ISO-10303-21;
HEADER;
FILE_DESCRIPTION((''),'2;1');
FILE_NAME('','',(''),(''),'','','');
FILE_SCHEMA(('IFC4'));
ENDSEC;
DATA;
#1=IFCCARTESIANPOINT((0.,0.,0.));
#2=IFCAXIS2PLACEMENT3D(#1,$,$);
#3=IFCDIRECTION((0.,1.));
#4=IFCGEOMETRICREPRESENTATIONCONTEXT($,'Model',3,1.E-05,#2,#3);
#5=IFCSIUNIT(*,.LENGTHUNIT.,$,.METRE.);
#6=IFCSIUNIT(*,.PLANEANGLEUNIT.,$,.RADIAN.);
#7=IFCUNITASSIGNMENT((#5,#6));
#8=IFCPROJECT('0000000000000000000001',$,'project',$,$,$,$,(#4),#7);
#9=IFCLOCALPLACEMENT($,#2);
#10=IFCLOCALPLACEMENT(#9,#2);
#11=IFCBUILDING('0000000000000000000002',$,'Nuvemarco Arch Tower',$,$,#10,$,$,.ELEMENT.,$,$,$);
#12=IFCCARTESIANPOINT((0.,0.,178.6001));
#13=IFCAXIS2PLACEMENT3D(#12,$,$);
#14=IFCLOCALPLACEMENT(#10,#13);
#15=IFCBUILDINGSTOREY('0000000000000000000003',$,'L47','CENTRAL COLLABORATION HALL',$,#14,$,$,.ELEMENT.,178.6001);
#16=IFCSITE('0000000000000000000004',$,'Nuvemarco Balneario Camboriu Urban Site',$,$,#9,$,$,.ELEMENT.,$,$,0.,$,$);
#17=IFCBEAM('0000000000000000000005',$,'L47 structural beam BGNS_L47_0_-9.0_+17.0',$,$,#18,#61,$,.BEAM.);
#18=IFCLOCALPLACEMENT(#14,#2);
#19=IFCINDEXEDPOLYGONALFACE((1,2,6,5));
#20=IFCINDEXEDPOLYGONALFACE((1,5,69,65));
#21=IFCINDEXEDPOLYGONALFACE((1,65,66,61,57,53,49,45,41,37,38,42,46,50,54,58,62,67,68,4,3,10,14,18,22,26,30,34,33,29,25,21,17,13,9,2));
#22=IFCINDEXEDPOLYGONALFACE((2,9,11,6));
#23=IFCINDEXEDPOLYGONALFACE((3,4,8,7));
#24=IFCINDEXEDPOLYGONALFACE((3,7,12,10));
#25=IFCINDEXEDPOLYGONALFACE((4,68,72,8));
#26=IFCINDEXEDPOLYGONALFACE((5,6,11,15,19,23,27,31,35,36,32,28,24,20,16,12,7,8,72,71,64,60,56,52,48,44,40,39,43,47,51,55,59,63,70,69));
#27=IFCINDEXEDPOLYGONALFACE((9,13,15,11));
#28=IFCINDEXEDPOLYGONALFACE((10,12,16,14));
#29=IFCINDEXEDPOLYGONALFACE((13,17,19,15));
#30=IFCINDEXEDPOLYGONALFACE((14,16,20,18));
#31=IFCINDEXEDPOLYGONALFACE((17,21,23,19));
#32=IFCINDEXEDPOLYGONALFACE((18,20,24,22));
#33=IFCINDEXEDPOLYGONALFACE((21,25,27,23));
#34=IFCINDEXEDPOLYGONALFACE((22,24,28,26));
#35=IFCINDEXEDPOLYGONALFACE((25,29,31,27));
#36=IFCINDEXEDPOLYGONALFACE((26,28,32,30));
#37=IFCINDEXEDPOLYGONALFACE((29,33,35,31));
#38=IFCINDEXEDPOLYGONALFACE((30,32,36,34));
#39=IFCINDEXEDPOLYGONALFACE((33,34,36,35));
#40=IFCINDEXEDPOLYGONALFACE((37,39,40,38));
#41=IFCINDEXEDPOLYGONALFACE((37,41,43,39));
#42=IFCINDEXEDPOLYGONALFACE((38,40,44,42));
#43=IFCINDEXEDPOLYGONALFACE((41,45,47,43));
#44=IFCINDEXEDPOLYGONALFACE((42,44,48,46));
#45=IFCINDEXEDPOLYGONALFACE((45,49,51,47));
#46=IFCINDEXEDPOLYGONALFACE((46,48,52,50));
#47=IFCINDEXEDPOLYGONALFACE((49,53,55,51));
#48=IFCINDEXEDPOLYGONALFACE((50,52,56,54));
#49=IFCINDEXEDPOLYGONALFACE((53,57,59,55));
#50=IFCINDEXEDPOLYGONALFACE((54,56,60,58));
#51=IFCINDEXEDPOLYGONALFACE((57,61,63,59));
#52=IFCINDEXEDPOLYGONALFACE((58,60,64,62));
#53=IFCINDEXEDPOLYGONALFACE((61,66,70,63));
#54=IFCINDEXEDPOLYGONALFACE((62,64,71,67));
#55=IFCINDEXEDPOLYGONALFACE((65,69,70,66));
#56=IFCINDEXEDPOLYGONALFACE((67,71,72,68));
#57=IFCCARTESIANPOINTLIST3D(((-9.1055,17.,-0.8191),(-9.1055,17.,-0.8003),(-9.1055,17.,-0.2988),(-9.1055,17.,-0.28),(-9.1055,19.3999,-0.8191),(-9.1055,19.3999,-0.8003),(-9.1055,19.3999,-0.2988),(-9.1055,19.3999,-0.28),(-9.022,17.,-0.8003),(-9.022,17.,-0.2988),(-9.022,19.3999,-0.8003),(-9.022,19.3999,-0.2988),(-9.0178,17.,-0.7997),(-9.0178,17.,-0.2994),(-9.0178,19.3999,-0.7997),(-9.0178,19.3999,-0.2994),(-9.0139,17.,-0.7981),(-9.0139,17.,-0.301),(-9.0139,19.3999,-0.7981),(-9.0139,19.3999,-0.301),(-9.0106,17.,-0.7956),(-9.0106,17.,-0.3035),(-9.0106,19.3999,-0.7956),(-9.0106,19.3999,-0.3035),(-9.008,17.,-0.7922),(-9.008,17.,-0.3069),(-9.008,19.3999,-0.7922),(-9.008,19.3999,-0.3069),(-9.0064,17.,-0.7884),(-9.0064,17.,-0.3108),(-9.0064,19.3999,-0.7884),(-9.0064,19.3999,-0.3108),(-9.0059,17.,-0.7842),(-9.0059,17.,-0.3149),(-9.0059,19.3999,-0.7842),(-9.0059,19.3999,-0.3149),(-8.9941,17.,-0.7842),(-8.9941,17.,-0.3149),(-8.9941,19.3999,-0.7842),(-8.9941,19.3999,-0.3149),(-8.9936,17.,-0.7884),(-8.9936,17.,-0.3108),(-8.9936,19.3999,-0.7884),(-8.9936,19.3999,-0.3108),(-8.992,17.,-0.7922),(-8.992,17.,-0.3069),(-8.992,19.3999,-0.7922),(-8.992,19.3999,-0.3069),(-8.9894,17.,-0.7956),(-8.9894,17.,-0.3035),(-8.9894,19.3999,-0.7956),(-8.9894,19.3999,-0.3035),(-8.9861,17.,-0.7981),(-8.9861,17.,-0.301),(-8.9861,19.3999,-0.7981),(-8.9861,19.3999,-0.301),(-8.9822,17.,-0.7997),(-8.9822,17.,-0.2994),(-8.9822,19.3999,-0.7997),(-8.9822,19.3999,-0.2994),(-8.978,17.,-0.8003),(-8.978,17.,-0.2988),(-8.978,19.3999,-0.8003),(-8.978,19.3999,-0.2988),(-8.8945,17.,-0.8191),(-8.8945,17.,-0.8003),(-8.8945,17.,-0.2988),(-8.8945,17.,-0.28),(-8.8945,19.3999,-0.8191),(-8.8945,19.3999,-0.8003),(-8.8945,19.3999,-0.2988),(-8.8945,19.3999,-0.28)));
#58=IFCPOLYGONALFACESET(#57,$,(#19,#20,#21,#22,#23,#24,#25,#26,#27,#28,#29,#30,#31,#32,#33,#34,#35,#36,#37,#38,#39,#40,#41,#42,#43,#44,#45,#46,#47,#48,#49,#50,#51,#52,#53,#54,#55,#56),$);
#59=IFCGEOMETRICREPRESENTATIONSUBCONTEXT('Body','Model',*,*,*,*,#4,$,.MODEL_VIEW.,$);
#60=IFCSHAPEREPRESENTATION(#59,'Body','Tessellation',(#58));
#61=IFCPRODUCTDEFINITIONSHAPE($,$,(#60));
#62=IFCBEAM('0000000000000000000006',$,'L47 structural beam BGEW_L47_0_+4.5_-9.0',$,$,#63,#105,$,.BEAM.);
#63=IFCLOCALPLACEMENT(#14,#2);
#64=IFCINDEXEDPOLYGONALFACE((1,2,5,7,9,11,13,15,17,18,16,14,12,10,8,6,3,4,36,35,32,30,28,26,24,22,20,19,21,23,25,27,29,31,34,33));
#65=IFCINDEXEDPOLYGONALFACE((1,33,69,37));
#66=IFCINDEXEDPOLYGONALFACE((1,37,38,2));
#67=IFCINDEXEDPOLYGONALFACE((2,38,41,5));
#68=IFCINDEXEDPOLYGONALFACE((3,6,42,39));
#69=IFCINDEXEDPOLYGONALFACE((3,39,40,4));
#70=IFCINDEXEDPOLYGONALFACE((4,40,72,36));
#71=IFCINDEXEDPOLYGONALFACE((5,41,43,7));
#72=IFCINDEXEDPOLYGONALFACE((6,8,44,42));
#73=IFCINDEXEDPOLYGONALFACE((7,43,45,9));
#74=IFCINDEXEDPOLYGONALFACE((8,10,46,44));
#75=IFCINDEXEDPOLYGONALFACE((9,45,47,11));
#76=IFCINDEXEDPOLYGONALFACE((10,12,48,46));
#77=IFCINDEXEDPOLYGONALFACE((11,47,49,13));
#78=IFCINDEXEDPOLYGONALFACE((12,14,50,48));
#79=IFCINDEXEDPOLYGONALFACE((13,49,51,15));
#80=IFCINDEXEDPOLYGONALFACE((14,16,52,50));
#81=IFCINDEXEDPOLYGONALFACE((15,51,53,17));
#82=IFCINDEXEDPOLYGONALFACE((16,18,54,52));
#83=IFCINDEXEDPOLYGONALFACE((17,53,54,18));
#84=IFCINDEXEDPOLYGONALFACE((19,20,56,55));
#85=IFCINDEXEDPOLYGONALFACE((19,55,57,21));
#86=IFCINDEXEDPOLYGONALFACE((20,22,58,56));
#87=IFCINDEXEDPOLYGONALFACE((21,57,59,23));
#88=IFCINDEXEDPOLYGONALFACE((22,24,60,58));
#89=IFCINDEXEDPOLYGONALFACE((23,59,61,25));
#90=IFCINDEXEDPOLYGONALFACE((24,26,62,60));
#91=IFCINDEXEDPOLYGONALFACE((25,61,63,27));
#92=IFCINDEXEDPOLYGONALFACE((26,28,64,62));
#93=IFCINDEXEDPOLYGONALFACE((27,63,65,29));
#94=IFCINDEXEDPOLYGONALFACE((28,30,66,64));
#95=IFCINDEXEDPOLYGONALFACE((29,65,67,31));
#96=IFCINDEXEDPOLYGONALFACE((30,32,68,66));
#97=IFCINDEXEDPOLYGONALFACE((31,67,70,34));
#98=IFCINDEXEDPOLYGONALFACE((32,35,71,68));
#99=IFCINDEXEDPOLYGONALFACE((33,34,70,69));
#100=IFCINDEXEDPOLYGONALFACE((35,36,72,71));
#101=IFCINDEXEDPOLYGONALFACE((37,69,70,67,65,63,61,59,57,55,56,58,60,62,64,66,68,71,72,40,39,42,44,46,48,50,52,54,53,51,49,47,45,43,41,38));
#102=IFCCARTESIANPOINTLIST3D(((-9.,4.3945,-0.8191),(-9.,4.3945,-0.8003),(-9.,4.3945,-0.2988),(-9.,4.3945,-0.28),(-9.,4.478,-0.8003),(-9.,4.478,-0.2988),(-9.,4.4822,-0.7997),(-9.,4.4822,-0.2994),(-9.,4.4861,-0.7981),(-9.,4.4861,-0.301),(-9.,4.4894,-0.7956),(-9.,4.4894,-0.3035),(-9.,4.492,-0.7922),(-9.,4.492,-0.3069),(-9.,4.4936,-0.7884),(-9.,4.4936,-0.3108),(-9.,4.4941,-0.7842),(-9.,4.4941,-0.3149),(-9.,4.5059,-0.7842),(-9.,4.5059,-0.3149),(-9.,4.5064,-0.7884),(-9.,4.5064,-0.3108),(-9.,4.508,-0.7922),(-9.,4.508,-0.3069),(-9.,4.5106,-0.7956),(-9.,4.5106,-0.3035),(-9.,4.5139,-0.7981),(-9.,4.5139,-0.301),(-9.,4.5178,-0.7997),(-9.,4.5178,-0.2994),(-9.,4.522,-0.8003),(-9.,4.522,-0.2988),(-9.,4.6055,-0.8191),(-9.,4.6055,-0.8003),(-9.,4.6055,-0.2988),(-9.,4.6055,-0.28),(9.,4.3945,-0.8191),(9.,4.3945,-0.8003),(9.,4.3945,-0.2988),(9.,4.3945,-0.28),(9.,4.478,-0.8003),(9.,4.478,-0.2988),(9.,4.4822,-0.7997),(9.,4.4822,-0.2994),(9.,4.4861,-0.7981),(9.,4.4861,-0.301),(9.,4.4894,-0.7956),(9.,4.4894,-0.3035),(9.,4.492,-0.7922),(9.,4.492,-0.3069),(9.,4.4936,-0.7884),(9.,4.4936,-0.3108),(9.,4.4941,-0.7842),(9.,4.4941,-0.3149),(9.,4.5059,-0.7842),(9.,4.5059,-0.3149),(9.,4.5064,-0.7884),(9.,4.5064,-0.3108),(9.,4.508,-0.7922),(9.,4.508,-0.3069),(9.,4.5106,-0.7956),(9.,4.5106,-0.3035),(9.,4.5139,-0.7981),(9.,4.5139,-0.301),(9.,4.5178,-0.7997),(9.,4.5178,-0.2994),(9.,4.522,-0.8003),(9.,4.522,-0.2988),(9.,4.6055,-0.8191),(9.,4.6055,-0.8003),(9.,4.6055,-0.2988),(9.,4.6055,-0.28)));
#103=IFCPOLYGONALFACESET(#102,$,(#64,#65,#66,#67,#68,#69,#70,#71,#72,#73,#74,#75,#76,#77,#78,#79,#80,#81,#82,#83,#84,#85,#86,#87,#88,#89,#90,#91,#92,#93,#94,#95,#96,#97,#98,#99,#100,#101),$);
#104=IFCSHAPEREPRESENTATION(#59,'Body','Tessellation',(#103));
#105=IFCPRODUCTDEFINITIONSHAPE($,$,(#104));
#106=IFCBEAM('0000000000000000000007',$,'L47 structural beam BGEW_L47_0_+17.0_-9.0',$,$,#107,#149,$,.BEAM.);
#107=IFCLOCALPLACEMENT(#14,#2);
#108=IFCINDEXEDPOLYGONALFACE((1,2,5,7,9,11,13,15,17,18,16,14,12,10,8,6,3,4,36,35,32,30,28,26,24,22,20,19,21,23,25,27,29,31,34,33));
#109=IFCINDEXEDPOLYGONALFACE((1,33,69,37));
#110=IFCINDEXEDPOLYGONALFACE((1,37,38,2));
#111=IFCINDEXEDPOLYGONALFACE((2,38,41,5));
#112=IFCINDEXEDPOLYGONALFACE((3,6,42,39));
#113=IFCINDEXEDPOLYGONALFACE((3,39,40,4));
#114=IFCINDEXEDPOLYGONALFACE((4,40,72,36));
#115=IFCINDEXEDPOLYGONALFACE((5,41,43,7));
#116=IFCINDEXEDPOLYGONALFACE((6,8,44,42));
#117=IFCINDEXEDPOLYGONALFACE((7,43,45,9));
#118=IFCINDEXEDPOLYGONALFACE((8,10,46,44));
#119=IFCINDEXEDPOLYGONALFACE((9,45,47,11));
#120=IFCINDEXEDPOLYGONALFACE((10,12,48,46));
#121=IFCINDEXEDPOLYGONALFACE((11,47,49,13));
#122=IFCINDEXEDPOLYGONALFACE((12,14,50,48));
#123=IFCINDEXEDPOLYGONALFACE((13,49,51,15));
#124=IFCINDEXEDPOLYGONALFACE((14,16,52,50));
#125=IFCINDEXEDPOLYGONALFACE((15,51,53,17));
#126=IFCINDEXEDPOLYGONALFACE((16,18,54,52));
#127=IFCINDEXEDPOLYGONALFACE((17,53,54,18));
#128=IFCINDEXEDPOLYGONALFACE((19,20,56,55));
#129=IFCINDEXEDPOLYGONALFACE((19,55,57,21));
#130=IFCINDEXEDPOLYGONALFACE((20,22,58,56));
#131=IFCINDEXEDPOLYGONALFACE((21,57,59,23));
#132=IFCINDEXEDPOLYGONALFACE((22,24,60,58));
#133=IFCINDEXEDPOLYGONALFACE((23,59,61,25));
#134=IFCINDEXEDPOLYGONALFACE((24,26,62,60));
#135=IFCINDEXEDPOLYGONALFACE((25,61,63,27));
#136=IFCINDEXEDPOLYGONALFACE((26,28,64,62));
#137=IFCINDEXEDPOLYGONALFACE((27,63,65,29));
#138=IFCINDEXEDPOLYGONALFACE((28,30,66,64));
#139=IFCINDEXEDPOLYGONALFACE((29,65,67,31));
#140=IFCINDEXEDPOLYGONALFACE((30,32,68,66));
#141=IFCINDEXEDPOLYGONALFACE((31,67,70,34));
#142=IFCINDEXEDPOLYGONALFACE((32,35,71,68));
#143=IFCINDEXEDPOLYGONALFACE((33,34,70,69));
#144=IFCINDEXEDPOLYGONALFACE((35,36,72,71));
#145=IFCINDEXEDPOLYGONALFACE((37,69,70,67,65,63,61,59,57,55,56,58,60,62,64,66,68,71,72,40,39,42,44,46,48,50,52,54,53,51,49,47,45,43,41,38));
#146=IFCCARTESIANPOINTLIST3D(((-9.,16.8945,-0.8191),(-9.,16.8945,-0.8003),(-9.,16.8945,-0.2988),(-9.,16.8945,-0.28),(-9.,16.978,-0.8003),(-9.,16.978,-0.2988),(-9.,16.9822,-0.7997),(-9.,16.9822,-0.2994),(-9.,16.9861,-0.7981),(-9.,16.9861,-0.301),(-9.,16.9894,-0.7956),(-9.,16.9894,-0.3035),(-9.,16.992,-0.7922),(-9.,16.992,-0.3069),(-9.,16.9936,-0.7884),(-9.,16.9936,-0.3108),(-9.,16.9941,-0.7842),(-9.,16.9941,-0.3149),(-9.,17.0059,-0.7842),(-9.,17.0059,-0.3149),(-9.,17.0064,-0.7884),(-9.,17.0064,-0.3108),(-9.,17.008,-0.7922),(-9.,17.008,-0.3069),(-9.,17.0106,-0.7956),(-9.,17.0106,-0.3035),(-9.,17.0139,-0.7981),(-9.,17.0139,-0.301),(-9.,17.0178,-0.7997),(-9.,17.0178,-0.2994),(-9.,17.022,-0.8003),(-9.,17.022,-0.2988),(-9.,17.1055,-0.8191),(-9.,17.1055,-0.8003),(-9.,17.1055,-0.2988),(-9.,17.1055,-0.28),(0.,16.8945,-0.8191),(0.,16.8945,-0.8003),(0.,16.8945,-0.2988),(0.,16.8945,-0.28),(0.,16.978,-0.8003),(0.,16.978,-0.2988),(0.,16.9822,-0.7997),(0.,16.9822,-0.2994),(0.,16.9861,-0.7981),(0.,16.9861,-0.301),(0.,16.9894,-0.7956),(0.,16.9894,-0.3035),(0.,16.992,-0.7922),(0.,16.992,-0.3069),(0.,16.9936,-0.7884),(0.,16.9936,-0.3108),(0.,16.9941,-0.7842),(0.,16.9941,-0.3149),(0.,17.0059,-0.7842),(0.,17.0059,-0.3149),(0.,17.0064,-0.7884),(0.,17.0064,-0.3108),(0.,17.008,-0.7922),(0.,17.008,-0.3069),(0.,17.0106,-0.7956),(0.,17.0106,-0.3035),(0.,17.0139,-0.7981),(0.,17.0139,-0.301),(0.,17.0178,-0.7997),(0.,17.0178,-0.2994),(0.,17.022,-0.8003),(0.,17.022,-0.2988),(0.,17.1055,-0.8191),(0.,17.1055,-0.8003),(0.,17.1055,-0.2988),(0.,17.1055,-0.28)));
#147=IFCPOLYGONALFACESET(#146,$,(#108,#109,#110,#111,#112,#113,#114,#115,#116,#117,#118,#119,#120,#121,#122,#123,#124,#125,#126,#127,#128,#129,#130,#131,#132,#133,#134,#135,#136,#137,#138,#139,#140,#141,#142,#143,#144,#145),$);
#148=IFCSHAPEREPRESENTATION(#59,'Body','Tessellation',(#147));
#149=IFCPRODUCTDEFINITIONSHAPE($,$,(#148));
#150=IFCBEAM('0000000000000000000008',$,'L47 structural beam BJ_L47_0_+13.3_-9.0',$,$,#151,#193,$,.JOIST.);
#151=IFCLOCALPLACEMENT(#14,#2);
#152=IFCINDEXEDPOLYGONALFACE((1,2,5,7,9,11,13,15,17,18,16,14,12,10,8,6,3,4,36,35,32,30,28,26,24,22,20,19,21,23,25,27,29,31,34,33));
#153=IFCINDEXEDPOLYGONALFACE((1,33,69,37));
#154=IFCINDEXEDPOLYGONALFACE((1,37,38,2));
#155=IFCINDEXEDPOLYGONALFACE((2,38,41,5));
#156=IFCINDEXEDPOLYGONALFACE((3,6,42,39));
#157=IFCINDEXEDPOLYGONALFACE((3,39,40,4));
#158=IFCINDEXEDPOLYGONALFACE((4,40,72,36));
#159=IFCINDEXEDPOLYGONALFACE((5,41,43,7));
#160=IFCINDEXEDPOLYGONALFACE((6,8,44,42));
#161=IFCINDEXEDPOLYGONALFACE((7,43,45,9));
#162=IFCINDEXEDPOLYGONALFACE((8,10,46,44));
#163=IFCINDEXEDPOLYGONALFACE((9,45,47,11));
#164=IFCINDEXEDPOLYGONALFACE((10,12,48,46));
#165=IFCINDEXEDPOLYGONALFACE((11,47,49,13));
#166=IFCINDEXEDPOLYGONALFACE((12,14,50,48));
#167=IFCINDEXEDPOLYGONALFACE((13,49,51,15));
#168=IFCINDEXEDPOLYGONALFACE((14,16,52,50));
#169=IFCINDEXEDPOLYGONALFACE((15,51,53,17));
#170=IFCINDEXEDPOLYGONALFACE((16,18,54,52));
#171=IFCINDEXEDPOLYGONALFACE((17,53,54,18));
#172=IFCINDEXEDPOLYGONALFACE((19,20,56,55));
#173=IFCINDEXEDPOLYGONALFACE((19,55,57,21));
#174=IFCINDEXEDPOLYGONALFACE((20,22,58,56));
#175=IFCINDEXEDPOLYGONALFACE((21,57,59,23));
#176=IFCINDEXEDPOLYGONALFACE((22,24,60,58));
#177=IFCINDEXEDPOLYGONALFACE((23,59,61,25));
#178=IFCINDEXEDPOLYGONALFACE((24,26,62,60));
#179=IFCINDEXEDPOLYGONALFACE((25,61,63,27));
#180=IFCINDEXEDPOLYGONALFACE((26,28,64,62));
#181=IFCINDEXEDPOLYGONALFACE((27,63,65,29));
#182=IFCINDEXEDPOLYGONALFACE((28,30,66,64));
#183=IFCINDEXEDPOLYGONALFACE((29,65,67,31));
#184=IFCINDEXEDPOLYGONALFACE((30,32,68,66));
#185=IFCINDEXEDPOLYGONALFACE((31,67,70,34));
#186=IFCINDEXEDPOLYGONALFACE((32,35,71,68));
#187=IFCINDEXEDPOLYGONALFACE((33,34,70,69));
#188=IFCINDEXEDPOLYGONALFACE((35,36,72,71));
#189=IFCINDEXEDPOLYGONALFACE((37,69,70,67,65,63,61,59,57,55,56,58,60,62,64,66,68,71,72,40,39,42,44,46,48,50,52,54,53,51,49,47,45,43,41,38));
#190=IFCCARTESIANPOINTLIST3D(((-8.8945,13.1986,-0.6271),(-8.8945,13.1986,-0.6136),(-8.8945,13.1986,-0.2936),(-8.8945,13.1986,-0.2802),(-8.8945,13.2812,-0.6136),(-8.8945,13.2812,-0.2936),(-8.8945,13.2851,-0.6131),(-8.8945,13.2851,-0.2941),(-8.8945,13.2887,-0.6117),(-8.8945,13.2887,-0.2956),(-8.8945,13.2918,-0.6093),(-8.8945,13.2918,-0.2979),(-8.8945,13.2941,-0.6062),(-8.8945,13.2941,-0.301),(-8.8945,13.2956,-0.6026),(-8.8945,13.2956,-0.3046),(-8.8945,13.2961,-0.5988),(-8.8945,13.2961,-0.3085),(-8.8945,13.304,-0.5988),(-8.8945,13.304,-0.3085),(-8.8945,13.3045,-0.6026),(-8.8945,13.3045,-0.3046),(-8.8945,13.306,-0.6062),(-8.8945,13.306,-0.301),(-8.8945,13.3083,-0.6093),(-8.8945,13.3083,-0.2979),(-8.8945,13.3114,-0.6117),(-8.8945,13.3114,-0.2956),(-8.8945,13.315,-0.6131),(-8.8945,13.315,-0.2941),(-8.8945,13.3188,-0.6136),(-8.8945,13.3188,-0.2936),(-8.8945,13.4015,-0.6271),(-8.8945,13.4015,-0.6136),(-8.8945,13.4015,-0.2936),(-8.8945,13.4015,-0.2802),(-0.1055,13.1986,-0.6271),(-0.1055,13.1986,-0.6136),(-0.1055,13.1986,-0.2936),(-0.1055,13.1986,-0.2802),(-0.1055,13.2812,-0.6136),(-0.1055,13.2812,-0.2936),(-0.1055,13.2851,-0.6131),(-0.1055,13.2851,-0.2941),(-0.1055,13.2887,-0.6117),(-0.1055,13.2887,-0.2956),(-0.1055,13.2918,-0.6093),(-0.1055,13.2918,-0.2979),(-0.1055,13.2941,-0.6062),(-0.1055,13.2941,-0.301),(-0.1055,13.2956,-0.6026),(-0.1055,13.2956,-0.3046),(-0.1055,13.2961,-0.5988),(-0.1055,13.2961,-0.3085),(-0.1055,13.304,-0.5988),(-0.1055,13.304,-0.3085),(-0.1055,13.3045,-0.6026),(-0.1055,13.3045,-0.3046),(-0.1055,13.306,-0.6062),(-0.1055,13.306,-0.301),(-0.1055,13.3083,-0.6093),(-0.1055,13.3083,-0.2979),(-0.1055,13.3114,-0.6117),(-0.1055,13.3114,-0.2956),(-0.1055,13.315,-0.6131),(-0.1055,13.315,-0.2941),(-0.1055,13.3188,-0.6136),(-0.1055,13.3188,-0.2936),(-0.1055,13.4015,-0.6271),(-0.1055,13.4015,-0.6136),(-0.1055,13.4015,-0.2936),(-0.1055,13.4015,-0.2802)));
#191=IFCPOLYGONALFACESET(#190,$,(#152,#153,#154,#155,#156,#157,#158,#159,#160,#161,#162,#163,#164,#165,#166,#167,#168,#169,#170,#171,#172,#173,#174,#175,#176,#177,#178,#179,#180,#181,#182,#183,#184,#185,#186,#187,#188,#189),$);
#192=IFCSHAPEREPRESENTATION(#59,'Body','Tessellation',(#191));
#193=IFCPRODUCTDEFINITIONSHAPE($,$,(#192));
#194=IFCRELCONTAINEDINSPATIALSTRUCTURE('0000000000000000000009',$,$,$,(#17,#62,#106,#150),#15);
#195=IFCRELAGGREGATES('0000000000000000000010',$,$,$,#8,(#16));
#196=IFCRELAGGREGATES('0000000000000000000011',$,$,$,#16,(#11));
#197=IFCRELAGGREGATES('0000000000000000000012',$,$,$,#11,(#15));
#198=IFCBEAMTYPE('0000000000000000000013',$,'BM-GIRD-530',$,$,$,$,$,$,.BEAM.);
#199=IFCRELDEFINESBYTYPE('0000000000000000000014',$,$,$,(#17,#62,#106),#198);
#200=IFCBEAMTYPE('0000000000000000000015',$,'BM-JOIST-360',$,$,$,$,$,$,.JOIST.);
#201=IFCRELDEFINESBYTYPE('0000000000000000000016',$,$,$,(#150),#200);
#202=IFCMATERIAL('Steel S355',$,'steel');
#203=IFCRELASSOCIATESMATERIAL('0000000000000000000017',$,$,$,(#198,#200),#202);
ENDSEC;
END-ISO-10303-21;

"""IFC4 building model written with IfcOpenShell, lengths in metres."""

from ifc_helpers import new_model, si_unit, direction, frame, origin, origin_2d, place, context, subcontext, project, spatial, i_section, extrude, material, material_profile, profile_set, type_object, element, save


model = new_model("IFC4")

# Units and contexts
model_context = context("Model", 3, precision=1e-05, world=origin(), true_north=direction((0.0, 1.0)))
body_context = subcontext(model_context, "Body", "Model", "MODEL_VIEW")
ifc_project = project(units=[si_unit("LENGTHUNIT", "METRE"), si_unit("PLANEANGLEUNIT", "RADIAN")], contexts=[model_context])

# Site, building, storey
site_placement = place(None, origin())
site = spatial("IfcSite", under=ifc_project, at=site_placement, Name="Nuvemarco Balneario Camboriu Urban Site", CompositionType="ELEMENT", RefElevation=0.0)
building_placement = place(site_placement, origin())
building = spatial("IfcBuilding", under=site, at=building_placement, Name="Nuvemarco Arch Tower", CompositionType="ELEMENT")
storey_placement = place(building_placement, frame((0.0, 0.0, 178.6001)))
storey = spatial("IfcBuildingStorey", under=building, at=storey_placement, Name="L47", Description="CENTRAL COLLABORATION HALL", CompositionType="ELEMENT", Elevation=178.6001)

# Shared definitions
ifc_material_1 = material(Name="Steel S355", Category="steel")

# Beams
ifc_material_profile_1 = material_profile(ifc_material_1, i_section(OverallWidth=0.2109, OverallDepth=0.5391, WebThickness=0.0117, FlangeThickness=0.0188, FilletRadius=0.0161, at=origin_2d()), Name="W530x109")
ifc_profile_set_1 = profile_set([ifc_material_profile_1], Name="Steel S355")
beam_type_1 = type_object("IfcBeamType", Name="BM-GIRD-530", PredefinedType="BEAM", material=ifc_profile_set_1)
beam_1_placement = place(storey_placement, frame((-9.0, 17.0, -0.5496), z_axis=(0.0, 1.0, 0.0), x_axis=(-1.0, 0.0, 0.0)))
element("IfcBeam", 1, at=beam_1_placement, inside=storey, type_object=beam_type_1, Name="L47 structural beam BGNS_L47_0_-9.0_+17.0", PredefinedType="BEAM", context=body_context, shape_type="SweptSolid", body=[
    extrude(i_section(OverallWidth=0.2109, OverallDepth=0.5391, WebThickness=0.0117, FlangeThickness=0.0188, FilletRadius=0.0161, at=origin_2d()), origin(), (0.0, 0.0, 1.0), 2.3999),
])
beam_2_placement = place(storey_placement, frame((-9.0, 4.5, -0.5496), z_axis=(1.0, 0.0, 0.0), x_axis=(0.0, 1.0, 0.0)))
element("IfcBeam", 2, at=beam_2_placement, inside=storey, type_object=beam_type_1, Name="L47 structural beam BGEW_L47_0_+4.5_-9.0", PredefinedType="BEAM", context=body_context, shape_type="SweptSolid", body=[
    extrude(i_section(OverallWidth=0.2109, OverallDepth=0.5391, WebThickness=0.0117, FlangeThickness=0.0188, FilletRadius=0.0161, at=origin_2d()), origin(), (0.0, 0.0, 1.0), 18.0),
])
beam_3_placement = place(storey_placement, frame((-9.0, 17.0, -0.5496), z_axis=(1.0, 0.0, 0.0), x_axis=(0.0, 1.0, 0.0)))
element("IfcBeam", 3, at=beam_3_placement, inside=storey, type_object=beam_type_1, Name="L47 structural beam BGEW_L47_0_+17.0_-9.0", PredefinedType="BEAM", context=body_context, shape_type="SweptSolid", body=[
    extrude(i_section(OverallWidth=0.2109, OverallDepth=0.5391, WebThickness=0.0117, FlangeThickness=0.0188, FilletRadius=0.0161, at=origin_2d()), origin(), (0.0, 0.0, 1.0), 9.0),
])
ifc_material_profile_2 = material_profile(ifc_material_1, i_section(OverallWidth=0.2029, OverallDepth=0.3469, WebThickness=0.0078, FlangeThickness=0.0134, FilletRadius=0.0149, at=origin_2d()), Name="W360x64")
ifc_profile_set_2 = profile_set([ifc_material_profile_2], Name="Steel S355")
beam_type_2 = type_object("IfcBeamType", Name="BM-JOIST-360", PredefinedType="JOIST", material=ifc_profile_set_2)
beam_4_placement = place(storey_placement, frame((-8.8945, 13.3, -0.4536), z_axis=(1.0, 0.0, 0.0), x_axis=(0.0, 1.0, 0.0)))
element("IfcBeam", 4, at=beam_4_placement, inside=storey, type_object=beam_type_2, Name="L47 structural beam BJ_L47_0_+13.3_-9.0", PredefinedType="JOIST", context=body_context, shape_type="SweptSolid", body=[
    extrude(i_section(OverallWidth=0.2029, OverallDepth=0.3469, WebThickness=0.0078, FlangeThickness=0.0134, FilletRadius=0.0149, at=origin_2d()), origin(), (0.0, 0.0, 1.0), 8.7891),
])

save(model, "model.ifc")
